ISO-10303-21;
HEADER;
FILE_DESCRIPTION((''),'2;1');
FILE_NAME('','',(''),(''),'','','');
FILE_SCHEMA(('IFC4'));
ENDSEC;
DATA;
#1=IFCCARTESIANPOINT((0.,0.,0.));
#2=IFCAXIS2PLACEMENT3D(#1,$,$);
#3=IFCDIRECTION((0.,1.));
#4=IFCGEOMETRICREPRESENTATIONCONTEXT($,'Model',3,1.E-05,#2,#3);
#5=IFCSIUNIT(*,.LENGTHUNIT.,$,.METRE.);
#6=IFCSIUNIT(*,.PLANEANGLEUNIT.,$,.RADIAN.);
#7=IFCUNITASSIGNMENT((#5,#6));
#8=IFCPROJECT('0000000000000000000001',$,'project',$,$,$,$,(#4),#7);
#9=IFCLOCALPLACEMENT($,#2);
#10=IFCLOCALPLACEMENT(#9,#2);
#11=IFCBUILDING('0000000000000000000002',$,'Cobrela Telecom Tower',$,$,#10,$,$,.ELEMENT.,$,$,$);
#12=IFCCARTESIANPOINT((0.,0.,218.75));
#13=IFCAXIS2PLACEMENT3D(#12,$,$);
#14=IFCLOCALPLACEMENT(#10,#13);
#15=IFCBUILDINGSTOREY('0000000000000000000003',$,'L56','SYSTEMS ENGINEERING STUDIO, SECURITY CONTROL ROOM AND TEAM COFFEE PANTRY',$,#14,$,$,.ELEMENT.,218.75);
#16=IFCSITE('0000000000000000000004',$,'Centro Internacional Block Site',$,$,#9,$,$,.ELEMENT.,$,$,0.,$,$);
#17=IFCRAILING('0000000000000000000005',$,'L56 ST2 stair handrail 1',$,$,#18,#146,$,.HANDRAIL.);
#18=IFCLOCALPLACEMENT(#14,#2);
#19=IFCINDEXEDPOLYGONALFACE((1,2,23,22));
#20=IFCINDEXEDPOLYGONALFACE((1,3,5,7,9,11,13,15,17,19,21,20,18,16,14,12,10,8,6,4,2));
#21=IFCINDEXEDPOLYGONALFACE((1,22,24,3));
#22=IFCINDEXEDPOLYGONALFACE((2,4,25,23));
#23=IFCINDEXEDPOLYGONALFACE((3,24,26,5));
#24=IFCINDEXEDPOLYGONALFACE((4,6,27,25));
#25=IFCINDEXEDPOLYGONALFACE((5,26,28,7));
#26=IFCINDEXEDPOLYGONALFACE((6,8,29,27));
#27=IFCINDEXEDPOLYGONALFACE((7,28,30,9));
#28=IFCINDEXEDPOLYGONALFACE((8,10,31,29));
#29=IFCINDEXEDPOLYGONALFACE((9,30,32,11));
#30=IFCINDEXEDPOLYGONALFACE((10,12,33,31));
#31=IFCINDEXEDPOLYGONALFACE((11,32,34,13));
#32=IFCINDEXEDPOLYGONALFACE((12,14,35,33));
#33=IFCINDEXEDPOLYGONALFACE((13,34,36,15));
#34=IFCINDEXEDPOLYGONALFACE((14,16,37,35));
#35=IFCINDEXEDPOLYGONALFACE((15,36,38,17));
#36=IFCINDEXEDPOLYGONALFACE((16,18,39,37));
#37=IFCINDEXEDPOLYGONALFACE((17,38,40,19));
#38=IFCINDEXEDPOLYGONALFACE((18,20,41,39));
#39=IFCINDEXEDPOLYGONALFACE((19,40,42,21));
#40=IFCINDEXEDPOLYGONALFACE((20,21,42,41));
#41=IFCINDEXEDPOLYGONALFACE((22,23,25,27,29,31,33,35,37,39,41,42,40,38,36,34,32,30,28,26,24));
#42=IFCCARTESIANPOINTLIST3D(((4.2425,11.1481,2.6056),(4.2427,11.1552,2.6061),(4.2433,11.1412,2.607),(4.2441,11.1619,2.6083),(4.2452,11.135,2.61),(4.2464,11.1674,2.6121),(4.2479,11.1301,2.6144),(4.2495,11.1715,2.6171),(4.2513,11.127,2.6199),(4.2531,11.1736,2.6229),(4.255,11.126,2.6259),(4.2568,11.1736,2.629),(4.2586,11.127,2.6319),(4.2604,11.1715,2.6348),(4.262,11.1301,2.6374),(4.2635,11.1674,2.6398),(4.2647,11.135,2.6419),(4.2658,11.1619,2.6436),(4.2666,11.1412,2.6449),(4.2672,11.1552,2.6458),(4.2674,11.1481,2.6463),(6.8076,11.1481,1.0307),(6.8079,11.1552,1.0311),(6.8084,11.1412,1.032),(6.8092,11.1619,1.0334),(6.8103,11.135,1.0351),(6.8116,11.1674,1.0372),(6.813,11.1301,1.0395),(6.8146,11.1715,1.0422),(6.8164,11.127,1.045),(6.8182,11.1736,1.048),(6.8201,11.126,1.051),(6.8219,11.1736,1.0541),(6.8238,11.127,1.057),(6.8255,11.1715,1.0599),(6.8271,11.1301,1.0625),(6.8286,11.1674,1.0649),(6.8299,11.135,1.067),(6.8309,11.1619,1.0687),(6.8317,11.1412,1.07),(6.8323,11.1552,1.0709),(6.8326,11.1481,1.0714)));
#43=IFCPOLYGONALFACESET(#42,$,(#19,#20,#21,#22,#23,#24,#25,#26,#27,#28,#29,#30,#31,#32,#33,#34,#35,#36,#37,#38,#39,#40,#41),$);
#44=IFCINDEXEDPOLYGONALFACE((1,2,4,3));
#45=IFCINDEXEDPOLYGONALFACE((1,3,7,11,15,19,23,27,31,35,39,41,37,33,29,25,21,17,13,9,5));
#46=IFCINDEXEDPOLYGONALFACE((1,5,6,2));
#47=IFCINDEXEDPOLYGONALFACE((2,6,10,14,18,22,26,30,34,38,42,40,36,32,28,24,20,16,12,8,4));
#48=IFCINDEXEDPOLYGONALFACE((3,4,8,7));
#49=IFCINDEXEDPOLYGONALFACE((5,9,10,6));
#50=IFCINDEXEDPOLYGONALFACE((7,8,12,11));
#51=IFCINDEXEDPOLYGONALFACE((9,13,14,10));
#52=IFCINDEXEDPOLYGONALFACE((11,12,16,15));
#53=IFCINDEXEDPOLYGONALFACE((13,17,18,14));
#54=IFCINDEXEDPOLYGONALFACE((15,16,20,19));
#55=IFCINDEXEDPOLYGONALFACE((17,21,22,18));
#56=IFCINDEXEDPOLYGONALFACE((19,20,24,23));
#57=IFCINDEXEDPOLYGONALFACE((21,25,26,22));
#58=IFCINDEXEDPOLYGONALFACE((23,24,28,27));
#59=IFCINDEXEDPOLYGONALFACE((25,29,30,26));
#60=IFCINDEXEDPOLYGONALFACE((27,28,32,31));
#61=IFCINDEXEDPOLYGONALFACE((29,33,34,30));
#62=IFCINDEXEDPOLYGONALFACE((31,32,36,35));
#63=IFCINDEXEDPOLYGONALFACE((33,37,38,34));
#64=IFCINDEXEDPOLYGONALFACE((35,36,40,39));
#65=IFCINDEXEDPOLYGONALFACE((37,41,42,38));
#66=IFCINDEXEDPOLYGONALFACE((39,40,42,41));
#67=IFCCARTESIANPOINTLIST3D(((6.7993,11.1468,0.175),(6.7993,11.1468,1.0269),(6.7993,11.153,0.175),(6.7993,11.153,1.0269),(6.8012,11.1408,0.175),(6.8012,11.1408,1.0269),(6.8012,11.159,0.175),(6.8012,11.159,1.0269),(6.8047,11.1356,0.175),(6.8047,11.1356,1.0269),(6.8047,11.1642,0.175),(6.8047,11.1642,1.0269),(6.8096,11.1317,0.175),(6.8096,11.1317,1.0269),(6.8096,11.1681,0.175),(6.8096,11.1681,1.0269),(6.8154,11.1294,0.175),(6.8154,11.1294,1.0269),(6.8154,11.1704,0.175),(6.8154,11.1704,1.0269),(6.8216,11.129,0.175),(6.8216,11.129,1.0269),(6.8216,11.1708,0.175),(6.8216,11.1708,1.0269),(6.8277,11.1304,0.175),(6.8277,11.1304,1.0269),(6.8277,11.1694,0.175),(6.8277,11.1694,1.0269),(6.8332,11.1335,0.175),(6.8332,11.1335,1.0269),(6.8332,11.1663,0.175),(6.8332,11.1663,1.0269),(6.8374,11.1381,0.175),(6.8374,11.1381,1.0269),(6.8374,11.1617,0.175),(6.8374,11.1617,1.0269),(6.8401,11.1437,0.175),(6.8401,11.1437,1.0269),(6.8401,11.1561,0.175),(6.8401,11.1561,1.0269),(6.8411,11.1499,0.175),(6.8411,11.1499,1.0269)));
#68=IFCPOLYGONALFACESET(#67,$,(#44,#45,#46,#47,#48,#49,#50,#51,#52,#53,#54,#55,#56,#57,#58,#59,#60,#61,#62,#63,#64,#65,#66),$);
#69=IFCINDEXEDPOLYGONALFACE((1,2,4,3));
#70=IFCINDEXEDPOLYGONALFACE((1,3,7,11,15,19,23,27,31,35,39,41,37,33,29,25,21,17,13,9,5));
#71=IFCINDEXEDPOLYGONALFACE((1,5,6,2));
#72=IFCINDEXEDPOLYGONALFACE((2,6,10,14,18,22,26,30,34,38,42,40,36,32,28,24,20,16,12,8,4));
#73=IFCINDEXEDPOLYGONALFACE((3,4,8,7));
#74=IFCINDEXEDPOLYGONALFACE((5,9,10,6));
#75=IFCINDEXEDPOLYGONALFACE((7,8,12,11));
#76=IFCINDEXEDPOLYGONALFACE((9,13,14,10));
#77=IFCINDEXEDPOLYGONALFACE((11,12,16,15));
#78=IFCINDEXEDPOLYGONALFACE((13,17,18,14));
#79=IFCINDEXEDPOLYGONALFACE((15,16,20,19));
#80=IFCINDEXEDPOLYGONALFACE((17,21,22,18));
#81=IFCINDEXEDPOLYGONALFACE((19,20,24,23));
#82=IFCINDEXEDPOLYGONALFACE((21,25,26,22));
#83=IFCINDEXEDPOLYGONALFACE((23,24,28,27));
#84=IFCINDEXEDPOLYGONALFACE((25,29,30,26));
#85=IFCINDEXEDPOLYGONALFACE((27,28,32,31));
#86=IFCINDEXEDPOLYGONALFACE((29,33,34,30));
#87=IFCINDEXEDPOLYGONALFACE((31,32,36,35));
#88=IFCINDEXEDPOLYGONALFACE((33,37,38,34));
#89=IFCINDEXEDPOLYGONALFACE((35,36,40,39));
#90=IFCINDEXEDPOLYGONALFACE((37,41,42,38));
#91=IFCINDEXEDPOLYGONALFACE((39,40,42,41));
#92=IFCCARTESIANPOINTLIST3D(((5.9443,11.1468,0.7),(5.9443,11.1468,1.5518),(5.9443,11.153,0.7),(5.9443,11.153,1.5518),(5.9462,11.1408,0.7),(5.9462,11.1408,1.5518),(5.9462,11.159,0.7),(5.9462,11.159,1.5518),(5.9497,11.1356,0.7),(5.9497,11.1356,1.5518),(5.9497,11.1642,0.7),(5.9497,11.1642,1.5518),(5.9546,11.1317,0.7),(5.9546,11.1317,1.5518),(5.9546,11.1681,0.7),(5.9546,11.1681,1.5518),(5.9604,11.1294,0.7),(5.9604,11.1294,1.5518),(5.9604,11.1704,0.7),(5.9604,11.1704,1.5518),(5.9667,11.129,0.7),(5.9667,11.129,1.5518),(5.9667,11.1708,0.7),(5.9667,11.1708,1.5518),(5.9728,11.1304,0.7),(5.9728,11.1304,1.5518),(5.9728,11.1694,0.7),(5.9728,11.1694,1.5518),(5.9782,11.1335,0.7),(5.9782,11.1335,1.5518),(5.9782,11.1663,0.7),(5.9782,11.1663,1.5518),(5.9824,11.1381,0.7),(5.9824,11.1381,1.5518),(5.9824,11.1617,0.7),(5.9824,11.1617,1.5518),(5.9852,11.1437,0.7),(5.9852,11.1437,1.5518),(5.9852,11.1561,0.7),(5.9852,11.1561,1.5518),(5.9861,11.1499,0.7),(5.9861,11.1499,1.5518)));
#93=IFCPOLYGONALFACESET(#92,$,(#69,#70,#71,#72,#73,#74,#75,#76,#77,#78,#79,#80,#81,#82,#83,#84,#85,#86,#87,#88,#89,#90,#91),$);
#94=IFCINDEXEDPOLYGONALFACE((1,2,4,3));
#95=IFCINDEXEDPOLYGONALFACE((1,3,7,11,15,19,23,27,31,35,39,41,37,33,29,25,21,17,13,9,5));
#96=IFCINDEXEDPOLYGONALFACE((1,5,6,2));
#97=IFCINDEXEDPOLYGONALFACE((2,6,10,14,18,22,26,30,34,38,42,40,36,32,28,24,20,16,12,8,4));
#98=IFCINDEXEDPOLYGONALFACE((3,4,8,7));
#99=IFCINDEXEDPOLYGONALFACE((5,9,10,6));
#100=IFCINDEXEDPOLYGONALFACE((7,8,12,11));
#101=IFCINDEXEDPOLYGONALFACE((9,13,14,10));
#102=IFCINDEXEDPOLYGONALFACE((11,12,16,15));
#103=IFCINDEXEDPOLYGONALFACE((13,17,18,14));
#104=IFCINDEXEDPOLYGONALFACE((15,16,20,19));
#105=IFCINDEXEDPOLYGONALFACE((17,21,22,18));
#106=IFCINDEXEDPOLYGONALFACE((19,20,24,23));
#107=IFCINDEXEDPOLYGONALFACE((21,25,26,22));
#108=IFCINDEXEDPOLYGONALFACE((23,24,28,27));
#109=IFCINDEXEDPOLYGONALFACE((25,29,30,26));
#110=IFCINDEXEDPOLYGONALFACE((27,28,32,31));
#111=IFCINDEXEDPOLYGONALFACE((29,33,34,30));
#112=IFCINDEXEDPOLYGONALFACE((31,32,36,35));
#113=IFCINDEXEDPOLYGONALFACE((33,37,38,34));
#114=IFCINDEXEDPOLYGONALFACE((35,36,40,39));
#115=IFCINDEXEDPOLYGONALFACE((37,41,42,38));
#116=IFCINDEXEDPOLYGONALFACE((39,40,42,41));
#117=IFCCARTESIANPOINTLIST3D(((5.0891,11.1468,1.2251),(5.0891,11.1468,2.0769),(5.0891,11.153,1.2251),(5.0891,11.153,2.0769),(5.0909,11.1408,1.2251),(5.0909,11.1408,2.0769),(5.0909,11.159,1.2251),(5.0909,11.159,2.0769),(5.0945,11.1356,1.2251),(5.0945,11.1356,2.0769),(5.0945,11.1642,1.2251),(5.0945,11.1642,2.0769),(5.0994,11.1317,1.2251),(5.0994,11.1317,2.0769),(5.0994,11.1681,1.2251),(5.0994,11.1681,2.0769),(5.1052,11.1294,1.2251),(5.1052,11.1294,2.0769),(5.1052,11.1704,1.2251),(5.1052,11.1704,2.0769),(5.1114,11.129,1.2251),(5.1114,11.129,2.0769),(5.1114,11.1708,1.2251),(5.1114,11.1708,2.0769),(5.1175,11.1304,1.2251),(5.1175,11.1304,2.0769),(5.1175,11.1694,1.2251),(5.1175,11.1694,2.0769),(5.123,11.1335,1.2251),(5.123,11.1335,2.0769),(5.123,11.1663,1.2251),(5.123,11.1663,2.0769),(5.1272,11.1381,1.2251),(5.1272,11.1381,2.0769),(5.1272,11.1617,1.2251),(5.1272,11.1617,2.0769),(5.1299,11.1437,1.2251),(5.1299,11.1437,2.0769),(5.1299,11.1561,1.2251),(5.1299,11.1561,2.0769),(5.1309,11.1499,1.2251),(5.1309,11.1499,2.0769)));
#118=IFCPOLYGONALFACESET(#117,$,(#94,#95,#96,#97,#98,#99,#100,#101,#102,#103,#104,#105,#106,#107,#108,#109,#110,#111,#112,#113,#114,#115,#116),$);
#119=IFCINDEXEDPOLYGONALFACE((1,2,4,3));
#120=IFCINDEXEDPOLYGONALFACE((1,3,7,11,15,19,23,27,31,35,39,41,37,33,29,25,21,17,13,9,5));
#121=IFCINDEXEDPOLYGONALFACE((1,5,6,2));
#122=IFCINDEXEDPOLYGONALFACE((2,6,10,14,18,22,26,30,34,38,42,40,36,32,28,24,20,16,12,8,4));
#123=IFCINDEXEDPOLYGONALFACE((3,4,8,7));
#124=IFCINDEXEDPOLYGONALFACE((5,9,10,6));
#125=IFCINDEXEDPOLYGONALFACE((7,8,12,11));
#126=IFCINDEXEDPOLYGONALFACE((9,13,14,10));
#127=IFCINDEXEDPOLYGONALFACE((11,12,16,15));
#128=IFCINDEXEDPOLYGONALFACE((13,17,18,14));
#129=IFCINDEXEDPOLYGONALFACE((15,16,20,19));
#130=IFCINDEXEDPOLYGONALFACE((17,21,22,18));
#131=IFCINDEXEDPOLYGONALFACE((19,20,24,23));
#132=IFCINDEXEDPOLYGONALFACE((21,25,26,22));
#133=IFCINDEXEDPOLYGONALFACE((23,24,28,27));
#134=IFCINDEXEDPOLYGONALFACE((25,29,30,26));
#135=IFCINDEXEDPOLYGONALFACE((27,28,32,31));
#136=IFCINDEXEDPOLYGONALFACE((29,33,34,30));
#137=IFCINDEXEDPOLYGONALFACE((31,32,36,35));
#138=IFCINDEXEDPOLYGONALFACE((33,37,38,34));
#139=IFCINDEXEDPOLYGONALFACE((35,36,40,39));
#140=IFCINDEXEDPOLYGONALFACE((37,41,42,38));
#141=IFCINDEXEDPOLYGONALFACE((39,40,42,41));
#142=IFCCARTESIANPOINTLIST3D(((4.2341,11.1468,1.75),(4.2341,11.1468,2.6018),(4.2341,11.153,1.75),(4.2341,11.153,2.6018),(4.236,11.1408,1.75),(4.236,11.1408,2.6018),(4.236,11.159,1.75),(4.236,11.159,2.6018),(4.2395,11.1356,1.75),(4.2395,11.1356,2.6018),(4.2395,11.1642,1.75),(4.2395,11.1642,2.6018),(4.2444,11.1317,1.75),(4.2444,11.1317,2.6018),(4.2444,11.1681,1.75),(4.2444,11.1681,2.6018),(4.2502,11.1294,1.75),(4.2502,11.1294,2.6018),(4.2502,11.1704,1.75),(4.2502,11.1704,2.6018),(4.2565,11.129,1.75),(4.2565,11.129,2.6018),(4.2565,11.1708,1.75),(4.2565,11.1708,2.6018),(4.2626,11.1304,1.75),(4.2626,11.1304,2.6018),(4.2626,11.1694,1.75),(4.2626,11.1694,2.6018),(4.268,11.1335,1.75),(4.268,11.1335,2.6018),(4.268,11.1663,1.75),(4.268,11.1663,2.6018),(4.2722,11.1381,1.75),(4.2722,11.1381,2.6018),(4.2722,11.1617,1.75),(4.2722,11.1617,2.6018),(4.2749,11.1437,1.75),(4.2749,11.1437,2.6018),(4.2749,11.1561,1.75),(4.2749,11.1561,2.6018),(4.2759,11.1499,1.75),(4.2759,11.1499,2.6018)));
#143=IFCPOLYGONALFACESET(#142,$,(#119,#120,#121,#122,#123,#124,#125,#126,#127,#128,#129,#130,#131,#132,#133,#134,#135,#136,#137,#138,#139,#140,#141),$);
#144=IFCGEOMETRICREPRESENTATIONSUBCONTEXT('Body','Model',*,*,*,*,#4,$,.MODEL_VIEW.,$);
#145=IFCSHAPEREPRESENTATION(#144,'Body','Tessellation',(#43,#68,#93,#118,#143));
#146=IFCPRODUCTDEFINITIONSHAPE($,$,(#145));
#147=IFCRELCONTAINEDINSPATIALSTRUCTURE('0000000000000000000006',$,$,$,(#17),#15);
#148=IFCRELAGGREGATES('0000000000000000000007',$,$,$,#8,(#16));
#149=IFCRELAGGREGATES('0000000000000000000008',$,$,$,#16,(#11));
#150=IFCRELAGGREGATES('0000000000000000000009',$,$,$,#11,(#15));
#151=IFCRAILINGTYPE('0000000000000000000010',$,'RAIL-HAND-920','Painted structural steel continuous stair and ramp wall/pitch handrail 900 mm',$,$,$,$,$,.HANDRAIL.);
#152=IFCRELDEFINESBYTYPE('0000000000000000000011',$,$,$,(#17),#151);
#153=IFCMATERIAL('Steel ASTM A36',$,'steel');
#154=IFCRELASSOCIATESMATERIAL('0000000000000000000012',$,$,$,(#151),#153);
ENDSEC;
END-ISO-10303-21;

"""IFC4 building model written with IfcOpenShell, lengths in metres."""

from ifc_helpers import new_model, si_unit, direction, frame, origin, origin_2d, place, context, subcontext, project, spatial, circle, extrude, material, type_object, element, save


model = new_model("IFC4")

# Units and contexts
model_context = context("Model", 3, precision=1e-05, world=origin(), true_north=direction((0.0, 1.0)))
body_context = subcontext(model_context, "Body", "Model", "MODEL_VIEW")
ifc_project = project(units=[si_unit("LENGTHUNIT", "METRE"), si_unit("PLANEANGLEUNIT", "RADIAN")], contexts=[model_context])

# Site, building, storey
site_placement = place(None, origin())
site = spatial("IfcSite", under=ifc_project, at=site_placement, Name="Centro Internacional Block Site", CompositionType="ELEMENT", RefElevation=0.0)
building_placement = place(site_placement, origin())
building = spatial("IfcBuilding", under=site, at=building_placement, Name="Cobrela Telecom Tower", CompositionType="ELEMENT")
storey_placement = place(building_placement, frame((0.0, 0.0, 218.75)))
storey = spatial("IfcBuildingStorey", under=building, at=storey_placement, Name="L56", Description="SYSTEMS ENGINEERING STUDIO, SECURITY CONTROL ROOM AND TEAM COFFEE PANTRY", CompositionType="ELEMENT", Elevation=218.75)

# Railing
ifc_material_1 = material(Name="Steel ASTM A36", Category="steel")
railing_type_1 = type_object("IfcRailingType", Name="RAIL-HAND-920", Description="Painted structural steel continuous stair and ramp wall/pitch handrail 900 mm", PredefinedType="HANDRAIL", material=ifc_material_1)
railing_1_placement = place(storey_placement, frame((6.8201, 11.1499, 0.175)))
element("IfcRailing", 1, at=railing_1_placement, inside=storey, type_object=railing_type_1, Name="L56 ST2 stair handrail 1", PredefinedType="HANDRAIL", context=body_context, shape_type="SweptSolid", body=[
    extrude(circle(Radius=0.0239, at=origin_2d()), frame((0.0, 0.0, 0.876), z_axis=(-0.852195, 0.0, 0.523224), x_axis=(0.0, -1.0, 0.0)), (0.0, 0.0, 1.0), 3.01),
    extrude(circle(Radius=0.021, at=origin_2d()), origin(), (0.0, 0.0, 1.0), 0.8518),
    extrude(circle(Radius=0.021, at=origin_2d()), frame((-0.855, 0.0, 0.5249)), (0.0, 0.0, 1.0), 0.8518),
    extrude(circle(Radius=0.021, at=origin_2d()), frame((-1.7102, 0.0, 1.05)), (0.0, 0.0, 1.0), 0.8518),
    extrude(circle(Radius=0.021, at=origin_2d()), frame((-2.5652, 0.0, 1.575)), (0.0, 0.0, 1.0), 0.8518),
])

save(model, "model.ifc")
